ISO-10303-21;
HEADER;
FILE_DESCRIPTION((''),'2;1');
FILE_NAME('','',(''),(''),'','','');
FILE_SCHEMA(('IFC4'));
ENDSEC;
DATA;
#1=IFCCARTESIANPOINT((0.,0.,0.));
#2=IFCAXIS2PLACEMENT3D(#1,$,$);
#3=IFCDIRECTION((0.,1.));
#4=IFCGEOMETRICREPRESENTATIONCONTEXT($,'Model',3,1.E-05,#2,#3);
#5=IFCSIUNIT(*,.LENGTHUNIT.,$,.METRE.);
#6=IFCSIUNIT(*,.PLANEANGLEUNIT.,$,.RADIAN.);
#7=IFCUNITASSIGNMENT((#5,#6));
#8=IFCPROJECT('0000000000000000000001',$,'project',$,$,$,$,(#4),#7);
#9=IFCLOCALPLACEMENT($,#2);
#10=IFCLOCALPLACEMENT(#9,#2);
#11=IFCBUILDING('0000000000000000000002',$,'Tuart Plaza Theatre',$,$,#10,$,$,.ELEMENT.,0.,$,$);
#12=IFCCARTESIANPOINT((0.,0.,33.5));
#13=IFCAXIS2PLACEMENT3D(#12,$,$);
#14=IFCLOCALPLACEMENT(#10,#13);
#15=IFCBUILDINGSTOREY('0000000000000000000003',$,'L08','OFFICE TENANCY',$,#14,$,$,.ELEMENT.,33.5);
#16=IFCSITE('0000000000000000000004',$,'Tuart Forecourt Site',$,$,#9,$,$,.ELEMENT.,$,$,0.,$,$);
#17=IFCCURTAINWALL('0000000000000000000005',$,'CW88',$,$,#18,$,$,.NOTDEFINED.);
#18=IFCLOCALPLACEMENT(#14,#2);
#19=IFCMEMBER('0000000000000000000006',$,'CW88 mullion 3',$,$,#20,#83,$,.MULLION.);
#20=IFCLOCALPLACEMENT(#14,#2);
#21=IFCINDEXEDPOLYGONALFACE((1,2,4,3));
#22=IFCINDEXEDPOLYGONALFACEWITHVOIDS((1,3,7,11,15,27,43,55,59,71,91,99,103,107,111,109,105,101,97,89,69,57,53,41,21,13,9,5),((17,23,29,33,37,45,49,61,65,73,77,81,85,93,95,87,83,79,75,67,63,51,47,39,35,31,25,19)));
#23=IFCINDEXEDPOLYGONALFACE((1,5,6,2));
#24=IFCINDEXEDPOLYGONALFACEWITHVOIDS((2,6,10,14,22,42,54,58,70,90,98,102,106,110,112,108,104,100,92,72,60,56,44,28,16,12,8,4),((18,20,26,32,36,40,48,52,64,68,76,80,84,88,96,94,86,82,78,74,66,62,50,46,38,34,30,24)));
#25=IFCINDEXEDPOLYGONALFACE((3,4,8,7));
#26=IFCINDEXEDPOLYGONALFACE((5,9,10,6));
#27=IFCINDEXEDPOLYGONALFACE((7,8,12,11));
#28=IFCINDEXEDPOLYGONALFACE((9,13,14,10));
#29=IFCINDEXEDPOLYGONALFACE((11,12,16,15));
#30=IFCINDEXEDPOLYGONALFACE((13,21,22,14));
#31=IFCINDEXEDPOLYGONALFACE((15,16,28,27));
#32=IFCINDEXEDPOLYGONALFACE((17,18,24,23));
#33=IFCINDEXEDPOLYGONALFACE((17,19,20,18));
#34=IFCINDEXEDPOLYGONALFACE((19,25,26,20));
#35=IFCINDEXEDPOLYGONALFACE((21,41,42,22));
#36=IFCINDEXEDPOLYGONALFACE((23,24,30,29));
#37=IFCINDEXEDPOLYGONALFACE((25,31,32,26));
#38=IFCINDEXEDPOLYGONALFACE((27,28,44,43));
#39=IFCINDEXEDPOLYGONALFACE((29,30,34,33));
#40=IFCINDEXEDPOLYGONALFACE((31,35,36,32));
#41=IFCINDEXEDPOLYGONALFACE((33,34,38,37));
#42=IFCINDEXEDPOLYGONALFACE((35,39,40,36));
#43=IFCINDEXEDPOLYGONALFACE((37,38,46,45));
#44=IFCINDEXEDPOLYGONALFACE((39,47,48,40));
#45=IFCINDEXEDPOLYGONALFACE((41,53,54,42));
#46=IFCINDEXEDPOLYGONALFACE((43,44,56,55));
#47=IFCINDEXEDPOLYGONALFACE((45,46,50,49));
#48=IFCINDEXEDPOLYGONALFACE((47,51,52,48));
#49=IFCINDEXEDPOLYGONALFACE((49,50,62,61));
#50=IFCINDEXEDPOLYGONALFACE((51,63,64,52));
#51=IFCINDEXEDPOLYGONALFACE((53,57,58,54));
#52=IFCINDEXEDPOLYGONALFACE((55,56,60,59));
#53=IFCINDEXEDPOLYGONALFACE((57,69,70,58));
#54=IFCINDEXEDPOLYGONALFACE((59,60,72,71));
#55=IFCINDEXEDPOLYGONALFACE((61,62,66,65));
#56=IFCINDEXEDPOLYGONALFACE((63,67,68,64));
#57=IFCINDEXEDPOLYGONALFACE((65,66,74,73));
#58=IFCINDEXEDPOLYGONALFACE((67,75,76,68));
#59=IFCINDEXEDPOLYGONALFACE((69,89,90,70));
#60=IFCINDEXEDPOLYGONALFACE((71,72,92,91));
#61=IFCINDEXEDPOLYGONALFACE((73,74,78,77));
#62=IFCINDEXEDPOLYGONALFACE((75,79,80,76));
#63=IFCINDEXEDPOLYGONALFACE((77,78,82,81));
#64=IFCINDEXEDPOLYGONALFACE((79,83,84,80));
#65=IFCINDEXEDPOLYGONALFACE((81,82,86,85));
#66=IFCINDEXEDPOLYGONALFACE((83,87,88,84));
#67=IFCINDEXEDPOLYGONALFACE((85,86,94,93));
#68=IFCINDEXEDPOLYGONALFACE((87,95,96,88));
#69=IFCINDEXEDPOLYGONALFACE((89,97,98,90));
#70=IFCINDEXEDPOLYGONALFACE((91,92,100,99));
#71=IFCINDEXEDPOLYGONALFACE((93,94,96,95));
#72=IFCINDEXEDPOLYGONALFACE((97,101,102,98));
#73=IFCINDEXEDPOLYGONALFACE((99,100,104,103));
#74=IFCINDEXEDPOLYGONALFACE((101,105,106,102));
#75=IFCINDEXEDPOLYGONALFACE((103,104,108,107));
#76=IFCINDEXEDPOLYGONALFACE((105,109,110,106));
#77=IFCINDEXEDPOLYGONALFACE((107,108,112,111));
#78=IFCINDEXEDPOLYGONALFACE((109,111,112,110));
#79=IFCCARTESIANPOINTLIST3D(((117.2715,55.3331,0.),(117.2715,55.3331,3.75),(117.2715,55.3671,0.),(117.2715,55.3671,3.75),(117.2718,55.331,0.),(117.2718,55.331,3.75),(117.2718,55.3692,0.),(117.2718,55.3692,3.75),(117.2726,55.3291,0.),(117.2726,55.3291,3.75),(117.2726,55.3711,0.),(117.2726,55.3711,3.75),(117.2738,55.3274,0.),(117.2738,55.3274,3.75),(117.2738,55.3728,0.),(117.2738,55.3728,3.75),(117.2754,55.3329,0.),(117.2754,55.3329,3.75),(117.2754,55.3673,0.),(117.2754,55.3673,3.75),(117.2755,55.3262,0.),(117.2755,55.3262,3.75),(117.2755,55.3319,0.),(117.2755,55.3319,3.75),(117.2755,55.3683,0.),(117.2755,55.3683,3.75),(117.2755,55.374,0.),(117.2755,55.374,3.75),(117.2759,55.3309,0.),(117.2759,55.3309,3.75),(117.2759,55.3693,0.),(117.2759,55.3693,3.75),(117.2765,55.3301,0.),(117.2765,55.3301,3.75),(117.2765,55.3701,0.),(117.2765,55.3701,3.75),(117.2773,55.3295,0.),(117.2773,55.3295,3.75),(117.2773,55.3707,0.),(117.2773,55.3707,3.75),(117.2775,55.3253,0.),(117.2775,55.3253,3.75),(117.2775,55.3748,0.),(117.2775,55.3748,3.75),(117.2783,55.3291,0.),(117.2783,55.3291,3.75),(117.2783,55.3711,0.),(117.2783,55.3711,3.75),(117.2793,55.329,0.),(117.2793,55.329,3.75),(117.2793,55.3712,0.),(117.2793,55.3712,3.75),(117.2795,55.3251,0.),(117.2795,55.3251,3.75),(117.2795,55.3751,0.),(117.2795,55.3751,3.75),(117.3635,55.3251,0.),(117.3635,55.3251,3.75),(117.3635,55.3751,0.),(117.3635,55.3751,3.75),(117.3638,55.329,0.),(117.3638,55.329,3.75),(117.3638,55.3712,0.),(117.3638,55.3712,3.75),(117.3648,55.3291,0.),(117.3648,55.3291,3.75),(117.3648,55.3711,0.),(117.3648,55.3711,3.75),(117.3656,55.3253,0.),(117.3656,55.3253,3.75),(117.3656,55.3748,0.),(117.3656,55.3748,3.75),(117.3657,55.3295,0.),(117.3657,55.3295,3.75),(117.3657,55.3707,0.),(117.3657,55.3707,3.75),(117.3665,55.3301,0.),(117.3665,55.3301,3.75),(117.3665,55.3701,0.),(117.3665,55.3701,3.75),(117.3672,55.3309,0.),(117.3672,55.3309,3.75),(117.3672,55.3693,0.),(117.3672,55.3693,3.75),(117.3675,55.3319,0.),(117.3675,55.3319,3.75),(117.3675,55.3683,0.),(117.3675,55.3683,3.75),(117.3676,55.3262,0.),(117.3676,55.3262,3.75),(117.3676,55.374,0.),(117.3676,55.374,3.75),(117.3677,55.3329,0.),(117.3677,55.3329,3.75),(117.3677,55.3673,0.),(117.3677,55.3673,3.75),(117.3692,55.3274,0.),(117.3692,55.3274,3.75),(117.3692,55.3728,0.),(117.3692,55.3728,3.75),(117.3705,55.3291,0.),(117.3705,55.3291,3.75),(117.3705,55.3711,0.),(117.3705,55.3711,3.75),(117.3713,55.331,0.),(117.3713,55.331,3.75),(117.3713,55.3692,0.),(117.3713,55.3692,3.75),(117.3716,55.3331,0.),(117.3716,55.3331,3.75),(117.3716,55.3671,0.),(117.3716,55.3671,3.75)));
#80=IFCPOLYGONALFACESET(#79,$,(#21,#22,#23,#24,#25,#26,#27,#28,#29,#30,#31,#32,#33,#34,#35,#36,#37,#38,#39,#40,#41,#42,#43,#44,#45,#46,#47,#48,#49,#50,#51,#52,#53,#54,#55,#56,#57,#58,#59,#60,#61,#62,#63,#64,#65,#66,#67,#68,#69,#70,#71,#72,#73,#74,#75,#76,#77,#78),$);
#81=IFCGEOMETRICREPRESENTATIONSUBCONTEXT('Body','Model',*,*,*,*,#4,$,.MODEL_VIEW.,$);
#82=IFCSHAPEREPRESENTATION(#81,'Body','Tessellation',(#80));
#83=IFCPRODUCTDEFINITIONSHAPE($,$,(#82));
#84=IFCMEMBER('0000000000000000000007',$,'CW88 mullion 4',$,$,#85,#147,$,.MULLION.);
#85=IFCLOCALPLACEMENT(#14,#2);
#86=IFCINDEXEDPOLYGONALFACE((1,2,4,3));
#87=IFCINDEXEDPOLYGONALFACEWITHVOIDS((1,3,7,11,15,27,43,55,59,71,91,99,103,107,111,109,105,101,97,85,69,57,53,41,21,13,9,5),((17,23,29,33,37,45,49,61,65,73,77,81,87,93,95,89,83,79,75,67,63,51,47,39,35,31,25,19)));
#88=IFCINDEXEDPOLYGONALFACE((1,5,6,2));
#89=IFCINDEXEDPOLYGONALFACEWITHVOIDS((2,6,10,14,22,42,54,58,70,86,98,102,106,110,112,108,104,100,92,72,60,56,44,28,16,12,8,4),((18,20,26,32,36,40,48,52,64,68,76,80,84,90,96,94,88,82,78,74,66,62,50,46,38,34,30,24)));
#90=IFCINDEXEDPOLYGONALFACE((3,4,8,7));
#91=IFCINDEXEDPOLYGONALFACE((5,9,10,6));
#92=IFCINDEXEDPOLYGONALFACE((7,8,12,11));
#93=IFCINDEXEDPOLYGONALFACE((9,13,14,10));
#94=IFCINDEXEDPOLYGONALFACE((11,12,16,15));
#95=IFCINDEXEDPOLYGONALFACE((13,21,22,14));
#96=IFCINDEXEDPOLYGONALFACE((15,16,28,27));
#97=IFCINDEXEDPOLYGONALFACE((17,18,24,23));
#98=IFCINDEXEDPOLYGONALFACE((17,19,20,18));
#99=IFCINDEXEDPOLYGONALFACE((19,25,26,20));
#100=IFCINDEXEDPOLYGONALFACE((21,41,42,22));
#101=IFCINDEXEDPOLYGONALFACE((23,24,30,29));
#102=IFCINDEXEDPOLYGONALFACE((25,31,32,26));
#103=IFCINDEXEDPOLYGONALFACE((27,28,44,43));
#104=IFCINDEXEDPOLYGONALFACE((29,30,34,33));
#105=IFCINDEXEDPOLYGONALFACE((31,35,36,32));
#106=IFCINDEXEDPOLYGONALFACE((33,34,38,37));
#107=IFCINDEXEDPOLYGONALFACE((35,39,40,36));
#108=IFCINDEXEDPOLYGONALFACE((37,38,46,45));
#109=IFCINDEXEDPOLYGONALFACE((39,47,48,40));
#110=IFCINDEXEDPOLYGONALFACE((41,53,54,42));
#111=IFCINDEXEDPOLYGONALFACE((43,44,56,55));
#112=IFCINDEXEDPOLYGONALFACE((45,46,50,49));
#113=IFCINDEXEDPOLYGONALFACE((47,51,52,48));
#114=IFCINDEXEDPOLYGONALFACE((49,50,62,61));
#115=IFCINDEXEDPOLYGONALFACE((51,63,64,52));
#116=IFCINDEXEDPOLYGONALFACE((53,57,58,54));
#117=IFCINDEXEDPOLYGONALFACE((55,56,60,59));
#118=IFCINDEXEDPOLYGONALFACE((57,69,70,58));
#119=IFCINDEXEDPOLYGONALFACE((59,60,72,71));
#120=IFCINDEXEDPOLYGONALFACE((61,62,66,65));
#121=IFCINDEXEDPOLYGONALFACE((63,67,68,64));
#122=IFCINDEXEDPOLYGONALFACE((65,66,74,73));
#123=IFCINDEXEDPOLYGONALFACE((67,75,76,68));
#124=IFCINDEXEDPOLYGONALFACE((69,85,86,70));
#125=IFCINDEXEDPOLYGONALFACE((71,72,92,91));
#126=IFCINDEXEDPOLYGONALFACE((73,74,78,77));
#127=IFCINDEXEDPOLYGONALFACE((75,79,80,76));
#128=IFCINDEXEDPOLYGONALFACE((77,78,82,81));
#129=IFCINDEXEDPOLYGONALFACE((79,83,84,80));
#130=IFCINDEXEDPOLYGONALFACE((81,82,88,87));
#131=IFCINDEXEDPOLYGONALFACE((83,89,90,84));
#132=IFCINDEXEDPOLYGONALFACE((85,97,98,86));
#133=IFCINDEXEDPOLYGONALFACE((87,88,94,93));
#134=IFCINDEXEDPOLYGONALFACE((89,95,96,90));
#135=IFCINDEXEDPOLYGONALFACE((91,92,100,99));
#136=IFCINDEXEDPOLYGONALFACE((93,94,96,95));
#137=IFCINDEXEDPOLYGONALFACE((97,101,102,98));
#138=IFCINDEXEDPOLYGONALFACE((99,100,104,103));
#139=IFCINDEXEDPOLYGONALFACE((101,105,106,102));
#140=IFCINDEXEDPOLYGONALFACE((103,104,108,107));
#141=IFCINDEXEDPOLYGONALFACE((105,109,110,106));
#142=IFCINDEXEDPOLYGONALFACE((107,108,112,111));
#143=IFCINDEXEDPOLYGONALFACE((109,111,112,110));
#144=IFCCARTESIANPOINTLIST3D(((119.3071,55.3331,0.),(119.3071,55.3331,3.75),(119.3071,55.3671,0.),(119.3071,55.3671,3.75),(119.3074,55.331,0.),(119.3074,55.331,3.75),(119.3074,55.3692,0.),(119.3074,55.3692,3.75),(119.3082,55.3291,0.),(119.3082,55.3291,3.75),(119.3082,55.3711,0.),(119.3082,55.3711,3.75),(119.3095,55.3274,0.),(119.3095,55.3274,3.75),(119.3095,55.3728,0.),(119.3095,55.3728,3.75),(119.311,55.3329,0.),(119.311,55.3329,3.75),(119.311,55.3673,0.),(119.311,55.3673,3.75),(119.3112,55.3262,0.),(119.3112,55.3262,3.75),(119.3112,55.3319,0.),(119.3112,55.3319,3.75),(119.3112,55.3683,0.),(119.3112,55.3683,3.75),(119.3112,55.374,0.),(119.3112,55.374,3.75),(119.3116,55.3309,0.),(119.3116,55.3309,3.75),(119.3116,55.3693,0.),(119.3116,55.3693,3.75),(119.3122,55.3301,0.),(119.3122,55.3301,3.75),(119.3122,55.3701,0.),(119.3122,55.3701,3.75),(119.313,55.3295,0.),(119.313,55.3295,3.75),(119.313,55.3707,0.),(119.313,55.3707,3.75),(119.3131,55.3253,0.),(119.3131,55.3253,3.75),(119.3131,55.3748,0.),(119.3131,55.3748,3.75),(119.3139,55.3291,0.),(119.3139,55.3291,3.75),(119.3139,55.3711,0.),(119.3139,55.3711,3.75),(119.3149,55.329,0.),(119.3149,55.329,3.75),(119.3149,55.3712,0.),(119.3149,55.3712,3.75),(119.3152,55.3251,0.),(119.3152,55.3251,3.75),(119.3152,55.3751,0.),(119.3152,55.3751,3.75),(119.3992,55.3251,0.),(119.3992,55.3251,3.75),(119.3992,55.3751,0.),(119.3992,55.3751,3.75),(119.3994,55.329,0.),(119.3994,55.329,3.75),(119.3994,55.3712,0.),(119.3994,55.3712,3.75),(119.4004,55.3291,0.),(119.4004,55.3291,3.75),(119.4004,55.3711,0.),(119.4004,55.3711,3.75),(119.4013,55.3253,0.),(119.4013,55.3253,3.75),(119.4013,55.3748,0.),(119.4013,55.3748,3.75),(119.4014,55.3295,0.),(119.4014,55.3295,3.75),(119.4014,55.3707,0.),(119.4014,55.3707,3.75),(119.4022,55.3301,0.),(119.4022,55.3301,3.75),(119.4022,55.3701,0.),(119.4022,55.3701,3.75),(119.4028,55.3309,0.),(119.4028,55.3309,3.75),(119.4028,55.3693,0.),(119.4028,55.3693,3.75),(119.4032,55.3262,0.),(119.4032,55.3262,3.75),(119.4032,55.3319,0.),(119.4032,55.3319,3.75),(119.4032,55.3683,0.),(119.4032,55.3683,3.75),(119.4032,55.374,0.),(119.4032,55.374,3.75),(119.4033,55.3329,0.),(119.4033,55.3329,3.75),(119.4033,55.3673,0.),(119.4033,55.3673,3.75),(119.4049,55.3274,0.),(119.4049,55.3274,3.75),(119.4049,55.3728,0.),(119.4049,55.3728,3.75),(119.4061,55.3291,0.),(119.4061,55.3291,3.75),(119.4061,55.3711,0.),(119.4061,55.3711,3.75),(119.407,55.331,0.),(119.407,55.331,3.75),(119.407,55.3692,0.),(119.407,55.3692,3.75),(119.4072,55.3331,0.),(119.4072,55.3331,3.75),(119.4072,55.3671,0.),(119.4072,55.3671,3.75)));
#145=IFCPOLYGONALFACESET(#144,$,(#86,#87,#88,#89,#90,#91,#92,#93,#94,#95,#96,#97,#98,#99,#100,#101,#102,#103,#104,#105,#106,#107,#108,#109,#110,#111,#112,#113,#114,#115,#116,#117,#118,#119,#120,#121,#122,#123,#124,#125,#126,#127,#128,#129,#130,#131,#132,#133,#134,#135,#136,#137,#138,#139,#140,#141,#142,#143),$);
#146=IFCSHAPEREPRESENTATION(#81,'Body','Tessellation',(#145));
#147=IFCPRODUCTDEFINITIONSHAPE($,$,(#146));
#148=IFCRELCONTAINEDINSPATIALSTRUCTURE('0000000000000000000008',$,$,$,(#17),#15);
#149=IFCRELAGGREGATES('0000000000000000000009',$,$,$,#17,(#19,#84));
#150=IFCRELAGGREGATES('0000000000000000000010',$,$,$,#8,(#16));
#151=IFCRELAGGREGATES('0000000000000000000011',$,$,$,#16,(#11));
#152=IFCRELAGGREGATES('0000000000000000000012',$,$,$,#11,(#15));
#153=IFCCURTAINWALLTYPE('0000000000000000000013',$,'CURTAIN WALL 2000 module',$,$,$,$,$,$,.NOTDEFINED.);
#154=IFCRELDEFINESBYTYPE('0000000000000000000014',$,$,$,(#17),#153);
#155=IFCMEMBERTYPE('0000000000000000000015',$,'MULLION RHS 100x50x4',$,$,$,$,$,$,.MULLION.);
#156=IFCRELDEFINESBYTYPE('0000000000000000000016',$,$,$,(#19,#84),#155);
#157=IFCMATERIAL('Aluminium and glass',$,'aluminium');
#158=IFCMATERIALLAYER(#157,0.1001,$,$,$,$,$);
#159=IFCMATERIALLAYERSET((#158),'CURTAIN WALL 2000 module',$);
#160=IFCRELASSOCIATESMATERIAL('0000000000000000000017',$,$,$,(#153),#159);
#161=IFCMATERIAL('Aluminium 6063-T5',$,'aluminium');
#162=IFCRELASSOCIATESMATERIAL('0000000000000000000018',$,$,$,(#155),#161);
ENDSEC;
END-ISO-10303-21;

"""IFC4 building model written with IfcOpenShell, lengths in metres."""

from ifc_helpers import new_model, si_unit, direction, frame, origin, origin_2d, place, context, subcontext, project, spatial, hollow_rectangle, extrude, material, layer, layer_set, material_profile, profile_set, type_object, element, aggregate, save


model = new_model("IFC4")

# Units and contexts
model_context = context("Model", 3, precision=1e-05, world=origin(), true_north=direction((0.0, 1.0)))
body_context = subcontext(model_context, "Body", "Model", "MODEL_VIEW")
ifc_project = project(units=[si_unit("LENGTHUNIT", "METRE"), si_unit("PLANEANGLEUNIT", "RADIAN")], contexts=[model_context])

# Site, building, storey
site_placement = place(None, origin())
site = spatial("IfcSite", under=ifc_project, at=site_placement, Name="Tuart Forecourt Site", CompositionType="ELEMENT", RefElevation=0.0)
building_placement = place(site_placement, origin())
building = spatial("IfcBuilding", under=site, at=building_placement, Name="Tuart Plaza Theatre", CompositionType="ELEMENT", ElevationOfRefHeight=0.0)
storey_placement = place(building_placement, frame((0.0, 0.0, 33.5)))
storey = spatial("IfcBuildingStorey", under=building, at=storey_placement, Name="L08", Description="OFFICE TENANCY", CompositionType="ELEMENT", Elevation=33.5)

# Curtain wall, members
ifc_material_1 = material(Name="Aluminium and glass", Category="aluminium")
ifc_layer_1 = layer(ifc_material_1, 0.1001)
ifc_layer_set_1 = layer_set([ifc_layer_1], Name="CURTAIN WALL 2000 module")
curtain_wall_type = type_object("IfcCurtainWallType", Name="CURTAIN WALL 2000 module", PredefinedType="NOTDEFINED", material=ifc_layer_set_1)
curtain_wall_placement = place(storey_placement, origin())
curtain_wall = element("IfcCurtainWall", 1, at=curtain_wall_placement, inside=storey, type_object=curtain_wall_type, Name="CW88", PredefinedType="NOTDEFINED")
ifc_material_2 = material(Name="Aluminium 6063-T5", Category="aluminium")
ifc_material_profile_1 = material_profile(ifc_material_2, hollow_rectangle(XDim=0.05, YDim=0.1001, WallThickness=0.0039, InnerFilletRadius=0.0039, OuterFilletRadius=0.0081, at=origin_2d()), Name="RHS 100x50x4")
ifc_profile_set_1 = profile_set([ifc_material_profile_1], Name="Aluminium 6063-T5")
member_type_1 = type_object("IfcMemberType", Name="MULLION RHS 100x50x4", PredefinedType="MULLION", material=ifc_profile_set_1)
member_1_placement = place(storey_placement, frame((117.3215, 55.3501, 0.0), z_axis=(0.0, 0.0, 1.0), x_axis=(0.0, 1.0, 0.0)))
member_1 = element("IfcMember", 2, at=member_1_placement, type_object=member_type_1, Name="CW88 mullion 3", PredefinedType="MULLION", context=body_context, shape_type="SweptSolid", body=[
    extrude(hollow_rectangle(XDim=0.05, YDim=0.1001, WallThickness=0.0039, InnerFilletRadius=0.0039, OuterFilletRadius=0.0081, at=origin_2d()), origin(), (0.0, 0.0, 1.0), 3.75),
])
member_2_placement = place(storey_placement, frame((119.3572, 55.3501, 0.0), z_axis=(0.0, 0.0, 1.0), x_axis=(0.0, 1.0, 0.0)))
member_2 = element("IfcMember", 3, at=member_2_placement, type_object=member_type_1, Name="CW88 mullion 4", PredefinedType="MULLION", context=body_context, shape_type="SweptSolid", body=[
    extrude(hollow_rectangle(XDim=0.05, YDim=0.1001, WallThickness=0.0039, InnerFilletRadius=0.0039, OuterFilletRadius=0.0081, at=origin_2d()), origin(), (0.0, 0.0, 1.0), 3.75),
])
aggregate(curtain_wall, [member_1, member_2])

save(model, "model.ifc")
